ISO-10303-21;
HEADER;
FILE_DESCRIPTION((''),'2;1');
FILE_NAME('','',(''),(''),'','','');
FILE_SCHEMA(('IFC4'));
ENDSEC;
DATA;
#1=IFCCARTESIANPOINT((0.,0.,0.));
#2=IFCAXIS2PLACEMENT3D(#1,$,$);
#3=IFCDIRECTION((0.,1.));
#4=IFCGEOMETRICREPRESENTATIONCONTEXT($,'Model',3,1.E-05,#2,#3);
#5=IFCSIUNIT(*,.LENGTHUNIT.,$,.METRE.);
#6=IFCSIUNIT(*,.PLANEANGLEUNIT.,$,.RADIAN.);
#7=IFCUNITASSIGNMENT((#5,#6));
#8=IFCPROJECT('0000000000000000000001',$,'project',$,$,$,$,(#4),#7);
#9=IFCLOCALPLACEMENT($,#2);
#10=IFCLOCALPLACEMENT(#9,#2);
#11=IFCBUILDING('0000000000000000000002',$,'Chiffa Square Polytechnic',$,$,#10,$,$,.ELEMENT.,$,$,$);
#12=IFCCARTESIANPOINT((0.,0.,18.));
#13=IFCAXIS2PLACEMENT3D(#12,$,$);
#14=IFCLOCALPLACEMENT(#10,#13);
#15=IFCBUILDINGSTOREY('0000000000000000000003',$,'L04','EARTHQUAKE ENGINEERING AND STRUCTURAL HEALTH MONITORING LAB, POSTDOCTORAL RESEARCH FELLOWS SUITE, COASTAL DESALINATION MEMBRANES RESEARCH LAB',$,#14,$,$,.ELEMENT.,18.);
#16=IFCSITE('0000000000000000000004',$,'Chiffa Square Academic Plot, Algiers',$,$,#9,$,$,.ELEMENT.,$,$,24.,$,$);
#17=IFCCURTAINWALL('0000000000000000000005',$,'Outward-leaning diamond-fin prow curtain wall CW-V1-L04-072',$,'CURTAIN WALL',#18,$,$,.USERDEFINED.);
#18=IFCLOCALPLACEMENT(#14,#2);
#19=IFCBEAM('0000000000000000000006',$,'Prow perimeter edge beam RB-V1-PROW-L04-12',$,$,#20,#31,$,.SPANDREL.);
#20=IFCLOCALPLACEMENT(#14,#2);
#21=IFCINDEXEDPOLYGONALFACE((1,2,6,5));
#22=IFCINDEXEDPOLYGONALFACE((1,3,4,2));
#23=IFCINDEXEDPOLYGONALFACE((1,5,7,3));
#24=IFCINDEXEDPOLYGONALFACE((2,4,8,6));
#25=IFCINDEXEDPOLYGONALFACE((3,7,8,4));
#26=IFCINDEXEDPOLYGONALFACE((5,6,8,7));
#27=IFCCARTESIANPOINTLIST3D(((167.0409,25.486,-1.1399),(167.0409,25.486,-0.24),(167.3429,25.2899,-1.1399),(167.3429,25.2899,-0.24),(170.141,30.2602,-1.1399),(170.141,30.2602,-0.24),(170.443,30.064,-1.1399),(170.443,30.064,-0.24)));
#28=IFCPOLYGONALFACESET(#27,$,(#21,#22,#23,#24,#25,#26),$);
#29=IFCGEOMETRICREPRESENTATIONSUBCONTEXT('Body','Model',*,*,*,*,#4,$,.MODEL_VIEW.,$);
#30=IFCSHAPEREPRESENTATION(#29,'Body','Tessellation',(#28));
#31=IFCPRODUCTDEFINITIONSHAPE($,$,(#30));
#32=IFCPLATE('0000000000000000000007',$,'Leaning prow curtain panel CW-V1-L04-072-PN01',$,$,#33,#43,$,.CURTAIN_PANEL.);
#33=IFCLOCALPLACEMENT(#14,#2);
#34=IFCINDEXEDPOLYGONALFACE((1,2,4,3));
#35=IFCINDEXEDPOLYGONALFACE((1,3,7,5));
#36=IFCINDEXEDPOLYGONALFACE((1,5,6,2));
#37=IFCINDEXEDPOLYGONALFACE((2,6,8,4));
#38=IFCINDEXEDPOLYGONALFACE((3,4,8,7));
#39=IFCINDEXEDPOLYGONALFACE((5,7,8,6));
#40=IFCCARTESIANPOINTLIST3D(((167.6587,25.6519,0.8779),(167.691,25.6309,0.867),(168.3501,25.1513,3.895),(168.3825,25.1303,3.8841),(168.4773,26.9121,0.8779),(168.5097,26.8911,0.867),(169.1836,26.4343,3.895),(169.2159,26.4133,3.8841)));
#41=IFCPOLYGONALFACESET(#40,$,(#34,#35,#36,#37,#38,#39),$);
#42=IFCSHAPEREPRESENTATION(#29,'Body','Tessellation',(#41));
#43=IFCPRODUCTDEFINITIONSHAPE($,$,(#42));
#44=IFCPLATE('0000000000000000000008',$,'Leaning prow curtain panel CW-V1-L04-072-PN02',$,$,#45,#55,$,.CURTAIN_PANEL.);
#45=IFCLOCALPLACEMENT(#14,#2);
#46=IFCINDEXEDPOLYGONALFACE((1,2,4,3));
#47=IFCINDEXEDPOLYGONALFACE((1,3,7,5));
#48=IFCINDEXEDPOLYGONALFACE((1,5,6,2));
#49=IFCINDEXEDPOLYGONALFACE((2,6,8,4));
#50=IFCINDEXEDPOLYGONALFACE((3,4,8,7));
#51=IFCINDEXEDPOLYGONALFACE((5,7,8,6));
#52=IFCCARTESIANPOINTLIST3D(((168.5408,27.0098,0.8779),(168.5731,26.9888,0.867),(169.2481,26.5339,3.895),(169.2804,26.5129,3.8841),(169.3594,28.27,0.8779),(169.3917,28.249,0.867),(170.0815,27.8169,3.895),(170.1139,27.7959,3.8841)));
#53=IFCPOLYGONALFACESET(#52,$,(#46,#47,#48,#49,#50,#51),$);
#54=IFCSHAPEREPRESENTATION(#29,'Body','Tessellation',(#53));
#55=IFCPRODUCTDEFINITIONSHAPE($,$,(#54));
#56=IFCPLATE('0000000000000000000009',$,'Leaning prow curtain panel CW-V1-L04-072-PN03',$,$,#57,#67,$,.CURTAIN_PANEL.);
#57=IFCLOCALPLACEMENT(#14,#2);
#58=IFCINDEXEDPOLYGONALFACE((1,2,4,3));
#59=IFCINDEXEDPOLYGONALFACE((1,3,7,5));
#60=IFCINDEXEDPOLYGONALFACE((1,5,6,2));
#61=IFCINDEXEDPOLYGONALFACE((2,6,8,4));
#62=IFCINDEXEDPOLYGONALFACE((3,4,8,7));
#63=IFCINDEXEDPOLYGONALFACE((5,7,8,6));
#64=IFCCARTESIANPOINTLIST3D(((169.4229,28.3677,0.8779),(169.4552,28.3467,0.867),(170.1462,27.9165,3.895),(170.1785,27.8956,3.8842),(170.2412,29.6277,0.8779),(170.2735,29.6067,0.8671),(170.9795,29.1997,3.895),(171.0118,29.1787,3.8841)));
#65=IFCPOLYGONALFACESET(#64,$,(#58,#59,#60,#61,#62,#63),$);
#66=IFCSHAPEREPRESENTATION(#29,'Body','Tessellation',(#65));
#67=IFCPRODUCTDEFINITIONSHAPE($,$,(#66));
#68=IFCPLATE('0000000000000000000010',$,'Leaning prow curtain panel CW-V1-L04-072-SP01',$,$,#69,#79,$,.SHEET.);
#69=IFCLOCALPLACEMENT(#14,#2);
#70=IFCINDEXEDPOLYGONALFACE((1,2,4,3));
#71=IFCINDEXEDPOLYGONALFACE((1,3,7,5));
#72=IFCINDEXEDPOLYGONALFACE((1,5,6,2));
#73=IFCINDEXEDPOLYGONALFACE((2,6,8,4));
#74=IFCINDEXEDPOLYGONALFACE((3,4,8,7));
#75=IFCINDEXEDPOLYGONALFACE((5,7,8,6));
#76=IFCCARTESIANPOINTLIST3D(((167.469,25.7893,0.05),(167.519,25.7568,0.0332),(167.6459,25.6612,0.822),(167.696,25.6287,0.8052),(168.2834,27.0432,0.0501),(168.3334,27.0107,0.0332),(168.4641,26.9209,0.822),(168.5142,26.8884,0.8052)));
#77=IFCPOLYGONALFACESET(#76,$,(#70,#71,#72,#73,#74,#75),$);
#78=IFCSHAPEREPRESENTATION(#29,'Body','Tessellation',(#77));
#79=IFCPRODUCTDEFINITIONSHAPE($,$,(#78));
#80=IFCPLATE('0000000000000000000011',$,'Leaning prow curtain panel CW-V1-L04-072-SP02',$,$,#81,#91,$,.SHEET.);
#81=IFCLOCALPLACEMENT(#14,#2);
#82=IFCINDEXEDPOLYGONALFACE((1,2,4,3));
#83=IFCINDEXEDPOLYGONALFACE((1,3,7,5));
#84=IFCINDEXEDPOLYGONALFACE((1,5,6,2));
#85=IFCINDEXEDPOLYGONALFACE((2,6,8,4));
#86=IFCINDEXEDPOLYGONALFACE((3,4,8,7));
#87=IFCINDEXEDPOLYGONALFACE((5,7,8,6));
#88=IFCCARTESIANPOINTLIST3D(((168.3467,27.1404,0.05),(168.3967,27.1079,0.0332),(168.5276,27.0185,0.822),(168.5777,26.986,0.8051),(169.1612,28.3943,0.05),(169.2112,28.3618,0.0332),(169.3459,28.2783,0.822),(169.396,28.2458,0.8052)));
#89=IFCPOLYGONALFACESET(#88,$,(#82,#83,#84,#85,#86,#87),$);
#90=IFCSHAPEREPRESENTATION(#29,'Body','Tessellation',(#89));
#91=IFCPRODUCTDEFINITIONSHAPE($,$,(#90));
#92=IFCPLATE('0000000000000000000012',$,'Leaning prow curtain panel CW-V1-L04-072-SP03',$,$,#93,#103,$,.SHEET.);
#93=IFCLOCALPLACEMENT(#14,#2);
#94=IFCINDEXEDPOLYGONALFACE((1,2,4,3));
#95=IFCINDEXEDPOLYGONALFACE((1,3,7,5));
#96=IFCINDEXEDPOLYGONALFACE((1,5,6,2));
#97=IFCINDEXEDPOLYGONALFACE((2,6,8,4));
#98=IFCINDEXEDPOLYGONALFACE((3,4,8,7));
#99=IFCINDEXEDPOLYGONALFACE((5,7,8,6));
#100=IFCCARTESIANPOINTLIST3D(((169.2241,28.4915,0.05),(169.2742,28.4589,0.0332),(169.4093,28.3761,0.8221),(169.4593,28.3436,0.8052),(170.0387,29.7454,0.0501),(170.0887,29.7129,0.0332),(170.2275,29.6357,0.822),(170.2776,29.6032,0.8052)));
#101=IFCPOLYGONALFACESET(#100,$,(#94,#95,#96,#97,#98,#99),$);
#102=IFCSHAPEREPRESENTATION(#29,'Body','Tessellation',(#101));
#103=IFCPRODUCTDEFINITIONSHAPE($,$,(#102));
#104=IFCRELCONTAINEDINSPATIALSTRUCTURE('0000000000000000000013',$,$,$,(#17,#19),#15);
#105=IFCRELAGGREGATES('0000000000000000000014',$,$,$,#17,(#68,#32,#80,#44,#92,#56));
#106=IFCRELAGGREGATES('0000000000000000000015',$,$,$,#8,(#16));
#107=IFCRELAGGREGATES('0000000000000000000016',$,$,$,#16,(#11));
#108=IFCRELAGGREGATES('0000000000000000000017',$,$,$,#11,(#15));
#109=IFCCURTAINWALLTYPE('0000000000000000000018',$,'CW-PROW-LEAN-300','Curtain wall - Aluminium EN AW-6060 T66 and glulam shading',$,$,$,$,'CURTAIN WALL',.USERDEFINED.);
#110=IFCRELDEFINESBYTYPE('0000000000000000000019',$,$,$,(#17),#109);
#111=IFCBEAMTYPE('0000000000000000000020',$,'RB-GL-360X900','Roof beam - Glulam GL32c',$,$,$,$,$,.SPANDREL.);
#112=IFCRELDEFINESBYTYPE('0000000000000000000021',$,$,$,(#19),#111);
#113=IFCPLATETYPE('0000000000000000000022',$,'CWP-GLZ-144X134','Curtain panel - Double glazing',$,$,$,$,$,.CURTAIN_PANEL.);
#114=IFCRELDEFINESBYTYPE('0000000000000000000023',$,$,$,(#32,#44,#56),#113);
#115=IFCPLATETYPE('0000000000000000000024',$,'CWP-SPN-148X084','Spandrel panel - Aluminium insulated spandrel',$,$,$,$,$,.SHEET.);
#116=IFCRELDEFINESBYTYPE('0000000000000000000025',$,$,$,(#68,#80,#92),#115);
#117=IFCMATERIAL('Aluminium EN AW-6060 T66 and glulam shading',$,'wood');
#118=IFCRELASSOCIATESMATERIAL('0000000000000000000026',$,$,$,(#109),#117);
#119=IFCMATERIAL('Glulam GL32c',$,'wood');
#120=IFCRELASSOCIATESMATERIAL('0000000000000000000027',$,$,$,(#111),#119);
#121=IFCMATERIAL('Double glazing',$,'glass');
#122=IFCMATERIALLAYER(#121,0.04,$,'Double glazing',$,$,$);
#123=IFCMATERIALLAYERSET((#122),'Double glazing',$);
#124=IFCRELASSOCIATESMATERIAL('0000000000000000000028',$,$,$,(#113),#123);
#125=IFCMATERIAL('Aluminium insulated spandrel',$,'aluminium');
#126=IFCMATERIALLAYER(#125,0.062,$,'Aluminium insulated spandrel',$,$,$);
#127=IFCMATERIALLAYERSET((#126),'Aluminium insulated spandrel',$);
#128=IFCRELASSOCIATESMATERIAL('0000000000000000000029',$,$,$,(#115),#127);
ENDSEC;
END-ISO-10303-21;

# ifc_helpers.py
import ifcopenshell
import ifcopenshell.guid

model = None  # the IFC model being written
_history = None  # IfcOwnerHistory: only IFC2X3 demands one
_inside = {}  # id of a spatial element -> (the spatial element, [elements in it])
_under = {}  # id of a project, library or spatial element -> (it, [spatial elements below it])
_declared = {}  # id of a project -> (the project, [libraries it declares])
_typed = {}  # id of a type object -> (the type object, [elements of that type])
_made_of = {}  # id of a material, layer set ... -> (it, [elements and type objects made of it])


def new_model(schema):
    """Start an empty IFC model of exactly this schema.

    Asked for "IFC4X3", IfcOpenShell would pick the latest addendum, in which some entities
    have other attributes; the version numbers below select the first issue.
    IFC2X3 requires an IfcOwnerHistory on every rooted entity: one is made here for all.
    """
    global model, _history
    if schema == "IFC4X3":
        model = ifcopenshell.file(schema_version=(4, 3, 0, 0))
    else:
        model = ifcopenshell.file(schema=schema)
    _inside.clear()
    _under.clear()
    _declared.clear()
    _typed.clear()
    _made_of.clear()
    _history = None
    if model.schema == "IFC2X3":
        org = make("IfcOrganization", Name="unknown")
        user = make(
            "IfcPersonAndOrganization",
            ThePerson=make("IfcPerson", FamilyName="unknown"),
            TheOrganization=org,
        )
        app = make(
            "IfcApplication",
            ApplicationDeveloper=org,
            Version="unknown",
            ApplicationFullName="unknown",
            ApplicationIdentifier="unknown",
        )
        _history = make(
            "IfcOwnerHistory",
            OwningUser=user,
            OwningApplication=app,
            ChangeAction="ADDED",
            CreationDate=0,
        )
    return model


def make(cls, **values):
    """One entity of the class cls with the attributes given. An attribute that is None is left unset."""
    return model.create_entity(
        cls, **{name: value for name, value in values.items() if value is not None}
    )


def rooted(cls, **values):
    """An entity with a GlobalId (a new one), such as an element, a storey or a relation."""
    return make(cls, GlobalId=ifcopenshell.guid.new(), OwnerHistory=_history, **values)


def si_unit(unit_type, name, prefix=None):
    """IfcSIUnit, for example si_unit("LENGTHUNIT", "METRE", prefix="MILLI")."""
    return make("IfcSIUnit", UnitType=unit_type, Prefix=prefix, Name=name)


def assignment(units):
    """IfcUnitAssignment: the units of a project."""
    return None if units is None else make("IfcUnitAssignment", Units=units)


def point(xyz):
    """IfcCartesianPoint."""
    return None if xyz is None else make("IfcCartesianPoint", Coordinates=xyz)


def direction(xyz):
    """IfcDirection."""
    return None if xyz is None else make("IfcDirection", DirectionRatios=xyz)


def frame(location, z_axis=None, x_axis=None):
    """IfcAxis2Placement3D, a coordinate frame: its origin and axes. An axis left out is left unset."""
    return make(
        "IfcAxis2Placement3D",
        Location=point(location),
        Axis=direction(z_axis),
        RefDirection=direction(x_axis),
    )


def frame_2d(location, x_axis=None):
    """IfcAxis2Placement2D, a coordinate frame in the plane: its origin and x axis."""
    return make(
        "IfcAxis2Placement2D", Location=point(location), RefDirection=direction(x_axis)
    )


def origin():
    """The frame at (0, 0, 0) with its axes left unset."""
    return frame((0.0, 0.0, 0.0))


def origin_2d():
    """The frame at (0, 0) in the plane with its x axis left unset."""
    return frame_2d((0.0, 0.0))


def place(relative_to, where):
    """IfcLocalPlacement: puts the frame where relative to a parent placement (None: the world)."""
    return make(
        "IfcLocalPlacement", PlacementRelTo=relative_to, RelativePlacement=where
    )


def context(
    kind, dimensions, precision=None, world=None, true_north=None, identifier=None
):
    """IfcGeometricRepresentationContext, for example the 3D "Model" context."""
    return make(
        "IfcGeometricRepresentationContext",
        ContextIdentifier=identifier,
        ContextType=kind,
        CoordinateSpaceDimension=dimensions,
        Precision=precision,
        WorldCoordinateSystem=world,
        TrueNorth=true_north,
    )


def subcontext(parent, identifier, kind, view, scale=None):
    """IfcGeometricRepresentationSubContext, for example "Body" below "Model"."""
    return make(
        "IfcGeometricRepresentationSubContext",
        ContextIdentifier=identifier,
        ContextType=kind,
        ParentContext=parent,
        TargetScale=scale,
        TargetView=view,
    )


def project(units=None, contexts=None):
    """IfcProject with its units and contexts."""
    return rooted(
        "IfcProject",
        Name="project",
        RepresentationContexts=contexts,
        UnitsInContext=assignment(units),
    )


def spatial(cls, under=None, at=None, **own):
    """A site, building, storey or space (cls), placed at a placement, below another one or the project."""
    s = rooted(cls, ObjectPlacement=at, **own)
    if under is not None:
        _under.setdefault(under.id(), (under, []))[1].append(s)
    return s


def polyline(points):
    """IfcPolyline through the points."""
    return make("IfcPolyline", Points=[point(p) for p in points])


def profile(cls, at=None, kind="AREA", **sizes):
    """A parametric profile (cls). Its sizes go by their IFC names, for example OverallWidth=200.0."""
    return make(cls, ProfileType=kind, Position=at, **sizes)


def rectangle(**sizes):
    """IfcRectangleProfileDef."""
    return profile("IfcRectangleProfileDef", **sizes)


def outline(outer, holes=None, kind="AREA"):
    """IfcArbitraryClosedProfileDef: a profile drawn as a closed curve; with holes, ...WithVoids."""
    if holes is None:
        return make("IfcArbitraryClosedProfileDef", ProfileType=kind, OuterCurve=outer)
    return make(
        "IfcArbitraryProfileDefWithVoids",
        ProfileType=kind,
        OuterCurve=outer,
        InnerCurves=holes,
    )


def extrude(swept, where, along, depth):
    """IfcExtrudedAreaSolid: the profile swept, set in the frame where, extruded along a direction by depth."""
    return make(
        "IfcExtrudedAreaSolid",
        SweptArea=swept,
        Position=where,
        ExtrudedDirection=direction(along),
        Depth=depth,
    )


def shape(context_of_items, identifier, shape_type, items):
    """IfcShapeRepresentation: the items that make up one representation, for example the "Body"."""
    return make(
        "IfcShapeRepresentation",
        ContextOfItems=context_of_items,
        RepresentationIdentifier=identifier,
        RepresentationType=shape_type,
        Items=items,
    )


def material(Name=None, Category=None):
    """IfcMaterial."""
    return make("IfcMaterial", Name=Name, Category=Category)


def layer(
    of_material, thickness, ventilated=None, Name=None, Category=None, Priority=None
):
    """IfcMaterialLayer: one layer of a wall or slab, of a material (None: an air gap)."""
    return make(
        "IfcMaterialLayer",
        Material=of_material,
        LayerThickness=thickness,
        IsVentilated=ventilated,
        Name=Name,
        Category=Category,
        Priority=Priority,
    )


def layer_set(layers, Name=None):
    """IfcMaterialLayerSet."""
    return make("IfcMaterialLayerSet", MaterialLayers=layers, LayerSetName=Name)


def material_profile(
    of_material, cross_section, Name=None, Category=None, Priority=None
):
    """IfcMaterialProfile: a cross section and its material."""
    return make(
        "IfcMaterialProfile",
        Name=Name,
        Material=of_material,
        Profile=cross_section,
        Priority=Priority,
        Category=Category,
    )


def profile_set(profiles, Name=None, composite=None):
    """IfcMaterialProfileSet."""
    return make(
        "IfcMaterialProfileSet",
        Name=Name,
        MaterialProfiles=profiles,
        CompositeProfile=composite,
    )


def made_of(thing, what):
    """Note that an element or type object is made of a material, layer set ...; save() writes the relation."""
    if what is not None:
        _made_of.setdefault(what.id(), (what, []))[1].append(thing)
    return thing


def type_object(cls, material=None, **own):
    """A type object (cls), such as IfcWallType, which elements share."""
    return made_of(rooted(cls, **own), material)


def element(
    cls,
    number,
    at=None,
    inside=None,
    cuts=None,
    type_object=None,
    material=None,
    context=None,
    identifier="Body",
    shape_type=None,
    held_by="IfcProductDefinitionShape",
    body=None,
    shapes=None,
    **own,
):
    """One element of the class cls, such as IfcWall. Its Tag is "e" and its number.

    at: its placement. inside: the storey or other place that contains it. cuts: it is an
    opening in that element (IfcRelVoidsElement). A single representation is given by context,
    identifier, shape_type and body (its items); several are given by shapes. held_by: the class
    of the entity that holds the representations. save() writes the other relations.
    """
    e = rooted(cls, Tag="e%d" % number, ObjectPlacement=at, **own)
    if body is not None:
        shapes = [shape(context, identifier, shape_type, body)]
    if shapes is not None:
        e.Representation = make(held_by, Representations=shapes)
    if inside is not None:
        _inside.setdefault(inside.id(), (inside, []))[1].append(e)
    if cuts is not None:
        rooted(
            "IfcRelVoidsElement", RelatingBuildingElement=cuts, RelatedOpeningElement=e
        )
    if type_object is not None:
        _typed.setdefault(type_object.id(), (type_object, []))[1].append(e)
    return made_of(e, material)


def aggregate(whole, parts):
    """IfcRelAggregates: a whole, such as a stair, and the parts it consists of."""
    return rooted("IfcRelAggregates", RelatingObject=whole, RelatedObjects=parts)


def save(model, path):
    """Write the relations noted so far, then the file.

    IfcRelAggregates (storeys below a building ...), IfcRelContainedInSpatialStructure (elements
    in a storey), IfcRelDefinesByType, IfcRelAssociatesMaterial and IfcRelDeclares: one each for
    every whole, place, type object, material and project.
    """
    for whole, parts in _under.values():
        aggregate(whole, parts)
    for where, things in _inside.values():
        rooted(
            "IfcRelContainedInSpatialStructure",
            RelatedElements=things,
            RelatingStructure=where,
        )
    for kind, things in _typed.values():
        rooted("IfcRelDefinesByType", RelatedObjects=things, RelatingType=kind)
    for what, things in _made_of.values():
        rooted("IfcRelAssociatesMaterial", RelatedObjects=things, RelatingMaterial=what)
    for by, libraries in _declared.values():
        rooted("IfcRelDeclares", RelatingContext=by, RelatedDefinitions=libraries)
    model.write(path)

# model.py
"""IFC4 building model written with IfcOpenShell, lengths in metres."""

from ifc_helpers import new_model, si_unit, direction, frame, origin, origin_2d, place, context, subcontext, project, spatial, polyline, rectangle, outline, extrude, material, layer, layer_set, material_profile, profile_set, type_object, element, aggregate, save


model = new_model("IFC4")

# Units and contexts
model_context = context("Model", 3, precision=1e-05, world=origin(), true_north=direction((0.0, 1.0)))
body_context = subcontext(model_context, "Body", "Model", "MODEL_VIEW")
ifc_project = project(units=[si_unit("LENGTHUNIT", "METRE"), si_unit("PLANEANGLEUNIT", "RADIAN")], contexts=[model_context])

# Site, building, storey
site_placement = place(None, origin())
site = spatial("IfcSite", under=ifc_project, at=site_placement, Name="Chiffa Square Academic Plot, Algiers", CompositionType="ELEMENT", RefElevation=24.0)
building_placement = place(site_placement, origin())
building = spatial("IfcBuilding", under=site, at=building_placement, Name="Chiffa Square Polytechnic", CompositionType="ELEMENT")
storey_placement = place(building_placement, frame((0.0, 0.0, 18.0)))
storey = spatial("IfcBuildingStorey", under=building, at=storey_placement, Name="L04", Description="EARTHQUAKE ENGINEERING AND STRUCTURAL HEALTH MONITORING LAB, POSTDOCTORAL RESEARCH FELLOWS SUITE, COASTAL DESALINATION MEMBRANES RESEARCH LAB", CompositionType="ELEMENT", Elevation=18.0)

# Shared definitions
ifc_material_1 = material(Name="Glulam GL32c", Category="wood")

# Shared definitions
ifc_material_2 = material(Name="Aluminium EN AW-6060 T66 and glulam shading", Category="wood")

# Curtain wall
curtain_wall_type_1 = type_object("IfcCurtainWallType", Name="CW-PROW-LEAN-300", Description="Curtain wall - Aluminium EN AW-6060 T66 and glulam shading", ElementType="CURTAIN WALL", PredefinedType="USERDEFINED", material=ifc_material_2)
curtain_wall_1_placement = place(storey_placement, origin())
curtain_wall_1 = element("IfcCurtainWall", 1, at=curtain_wall_1_placement, inside=storey, type_object=curtain_wall_type_1, Name="Outward-leaning diamond-fin prow curtain wall CW-V1-L04-072", ObjectType="CURTAIN WALL", PredefinedType="USERDEFINED")

# Beam
ifc_material_profile_1 = material_profile(ifc_material_1, rectangle(XDim=0.3601, YDim=0.8999, at=origin_2d()), Name="GL32c 360x900")
ifc_profile_set_1 = profile_set([ifc_material_profile_1], Name="Glulam GL32c")
beam_type = type_object("IfcBeamType", Name="RB-GL-360X900", Description="Roof beam - Glulam GL32c", PredefinedType="SPANDREL", material=ifc_profile_set_1)
beam_placement = place(storey_placement, frame((167.1919, 25.3879, -0.6899), z_axis=(0.544604, 0.838693, 0.0), x_axis=(-0.838693, 0.544604, 0.0)))
element("IfcBeam", 2, at=beam_placement, inside=storey, type_object=beam_type, Name="Prow perimeter edge beam RB-V1-PROW-L04-12", PredefinedType="SPANDREL", context=body_context, shape_type="SweptSolid", body=[
    extrude(rectangle(XDim=0.3601, YDim=0.8999, at=origin_2d()), origin(), (0.0, 0.0, 1.0), 5.6924),
])

# Plates
ifc_material_3 = material(Name="Double glazing", Category="glass")
ifc_layer_1 = layer(ifc_material_3, 0.04, Name="Double glazing")
ifc_layer_set_1 = layer_set([ifc_layer_1], Name="Double glazing")
plate_type_1 = type_object("IfcPlateType", Name="CWP-GLZ-144X134", Description="Curtain panel - Double glazing", PredefinedType="CURTAIN_PANEL", material=ifc_layer_set_1)
plate_1_placement = place(storey_placement, frame((167.6587, 25.6519, 0.8779), z_axis=(-0.806995, 0.524233, 0.271915), x_axis=(0.544757, 0.838594, -0.00001)))
plate_1 = element("IfcPlate", 3, at=plate_1_placement, type_object=plate_type_1, Name="Leaning prow curtain panel CW-V1-L04-072-PN01", PredefinedType="CURTAIN_PANEL", context=body_context, shape_type="SweptSolid", body=[
    extrude(outline(polyline([(0.0, 0.0), (1.5028, 0.0), (1.4868, -3.1352), (-0.0431, -3.1352), (0.0, 0.0)])), origin(), (0.0, 0.0, -1.0), 0.04),
])
plate_2_placement = place(storey_placement, frame((168.5408, 27.0098, 0.8779), z_axis=(-0.807004, 0.524239, 0.271878), x_axis=(0.544757, 0.838594, -0.00001)))
plate_2 = element("IfcPlate", 4, at=plate_2_placement, type_object=plate_type_1, Name="Leaning prow curtain panel CW-V1-L04-072-PN02", PredefinedType="CURTAIN_PANEL", context=body_context, shape_type="SweptSolid", body=[
    extrude(outline(polyline([(0.0, 0.0), (1.5028, 0.0), (1.5162, -3.1352), (-0.0138, -3.1352), (0.0, 0.0)])), origin(), (0.0, 0.0, -1.0), 0.04),
])
plate_3_placement = place(storey_placement, frame((169.4229, 28.3677, 0.8779), z_axis=(-0.807078, 0.524132, 0.271864), x_axis=(0.544649, 0.838664, 0.000012)))
plate_3 = element("IfcPlate", 5, at=plate_3_placement, type_object=plate_type_1, Name="Leaning prow curtain panel CW-V1-L04-072-PN03", PredefinedType="CURTAIN_PANEL", context=body_context, shape_type="SweptSolid", body=[
    extrude(outline(polyline([(0.0, 0.0), (1.5024, 0.0), (1.5457, -3.1352), (0.0156, -3.1352), (0.0, 0.0)])), origin(), (0.0, 0.0, -1.0), 0.04),
])
ifc_material_4 = material(Name="Aluminium insulated spandrel", Category="aluminium")
ifc_layer_2 = layer(ifc_material_4, 0.062, Name="Aluminium insulated spandrel")
ifc_layer_set_2 = layer_set([ifc_layer_2], Name="Aluminium insulated spandrel")
plate_type_2 = type_object("IfcPlateType", Name="CWP-SPN-148X084", Description="Spandrel panel - Aluminium insulated spandrel", PredefinedType="SHEET", material=ifc_layer_set_2)
plate_4_placement = place(storey_placement, frame((167.469, 25.7893, 0.05), z_axis=(-0.807028, 0.524145, 0.27199), x_axis=(0.544682, 0.838643, 0.000011)))
plate_4 = element("IfcPlate", 6, at=plate_4_placement, type_object=plate_type_2, Name="Leaning prow curtain panel CW-V1-L04-072-SP01", PredefinedType="SHEET", context=body_context, shape_type="SweptSolid", body=[
    extrude(outline(polyline([(0.0, 0.0), (1.4952, 0.0), (1.491, -0.8022), (-0.0111, -0.8022), (0.0, 0.0)])), origin(), (0.0, 0.0, -1.0), 0.062),
])
plate_5_placement = place(storey_placement, frame((168.3467, 27.1404, 0.05), z_axis=(-0.807013, 0.524214, 0.271899), x_axis=(0.544735, 0.838608, -0.000007)))
plate_5 = element("IfcPlate", 7, at=plate_5_placement, type_object=plate_type_2, Name="Leaning prow curtain panel CW-V1-L04-072-SP02", PredefinedType="SHEET", context=body_context, shape_type="SweptSolid", body=[
    extrude(outline(polyline([(0.0, 0.0), (1.4952, 0.0), (1.4986, -0.8022), (-0.0036, -0.8022), (0.0, 0.0)])), origin(), (0.0, 0.0, -1.0), 0.062),
])
plate_6_placement = place(storey_placement, frame((169.2241, 28.4915, 0.05), z_axis=(-0.807007, 0.52421, 0.271925), x_axis=(0.544743, 0.838603, 0.000028)))
plate_6 = element("IfcPlate", 8, at=plate_6_placement, type_object=plate_type_2, Name="Leaning prow curtain panel CW-V1-L04-072-SP03", PredefinedType="SHEET", context=body_context, shape_type="SweptSolid", body=[
    extrude(outline(polyline([(0.0, 0.0), (1.4953, 0.0), (1.5062, -0.8022), (0.0041, -0.8022), (0.0, 0.0)])), origin(), (0.0, 0.0, -1.0), 0.062),
])
aggregate(curtain_wall_1, [plate_4, plate_1, plate_5, plate_2, plate_6, plate_3])

save(model, "model.ifc")
